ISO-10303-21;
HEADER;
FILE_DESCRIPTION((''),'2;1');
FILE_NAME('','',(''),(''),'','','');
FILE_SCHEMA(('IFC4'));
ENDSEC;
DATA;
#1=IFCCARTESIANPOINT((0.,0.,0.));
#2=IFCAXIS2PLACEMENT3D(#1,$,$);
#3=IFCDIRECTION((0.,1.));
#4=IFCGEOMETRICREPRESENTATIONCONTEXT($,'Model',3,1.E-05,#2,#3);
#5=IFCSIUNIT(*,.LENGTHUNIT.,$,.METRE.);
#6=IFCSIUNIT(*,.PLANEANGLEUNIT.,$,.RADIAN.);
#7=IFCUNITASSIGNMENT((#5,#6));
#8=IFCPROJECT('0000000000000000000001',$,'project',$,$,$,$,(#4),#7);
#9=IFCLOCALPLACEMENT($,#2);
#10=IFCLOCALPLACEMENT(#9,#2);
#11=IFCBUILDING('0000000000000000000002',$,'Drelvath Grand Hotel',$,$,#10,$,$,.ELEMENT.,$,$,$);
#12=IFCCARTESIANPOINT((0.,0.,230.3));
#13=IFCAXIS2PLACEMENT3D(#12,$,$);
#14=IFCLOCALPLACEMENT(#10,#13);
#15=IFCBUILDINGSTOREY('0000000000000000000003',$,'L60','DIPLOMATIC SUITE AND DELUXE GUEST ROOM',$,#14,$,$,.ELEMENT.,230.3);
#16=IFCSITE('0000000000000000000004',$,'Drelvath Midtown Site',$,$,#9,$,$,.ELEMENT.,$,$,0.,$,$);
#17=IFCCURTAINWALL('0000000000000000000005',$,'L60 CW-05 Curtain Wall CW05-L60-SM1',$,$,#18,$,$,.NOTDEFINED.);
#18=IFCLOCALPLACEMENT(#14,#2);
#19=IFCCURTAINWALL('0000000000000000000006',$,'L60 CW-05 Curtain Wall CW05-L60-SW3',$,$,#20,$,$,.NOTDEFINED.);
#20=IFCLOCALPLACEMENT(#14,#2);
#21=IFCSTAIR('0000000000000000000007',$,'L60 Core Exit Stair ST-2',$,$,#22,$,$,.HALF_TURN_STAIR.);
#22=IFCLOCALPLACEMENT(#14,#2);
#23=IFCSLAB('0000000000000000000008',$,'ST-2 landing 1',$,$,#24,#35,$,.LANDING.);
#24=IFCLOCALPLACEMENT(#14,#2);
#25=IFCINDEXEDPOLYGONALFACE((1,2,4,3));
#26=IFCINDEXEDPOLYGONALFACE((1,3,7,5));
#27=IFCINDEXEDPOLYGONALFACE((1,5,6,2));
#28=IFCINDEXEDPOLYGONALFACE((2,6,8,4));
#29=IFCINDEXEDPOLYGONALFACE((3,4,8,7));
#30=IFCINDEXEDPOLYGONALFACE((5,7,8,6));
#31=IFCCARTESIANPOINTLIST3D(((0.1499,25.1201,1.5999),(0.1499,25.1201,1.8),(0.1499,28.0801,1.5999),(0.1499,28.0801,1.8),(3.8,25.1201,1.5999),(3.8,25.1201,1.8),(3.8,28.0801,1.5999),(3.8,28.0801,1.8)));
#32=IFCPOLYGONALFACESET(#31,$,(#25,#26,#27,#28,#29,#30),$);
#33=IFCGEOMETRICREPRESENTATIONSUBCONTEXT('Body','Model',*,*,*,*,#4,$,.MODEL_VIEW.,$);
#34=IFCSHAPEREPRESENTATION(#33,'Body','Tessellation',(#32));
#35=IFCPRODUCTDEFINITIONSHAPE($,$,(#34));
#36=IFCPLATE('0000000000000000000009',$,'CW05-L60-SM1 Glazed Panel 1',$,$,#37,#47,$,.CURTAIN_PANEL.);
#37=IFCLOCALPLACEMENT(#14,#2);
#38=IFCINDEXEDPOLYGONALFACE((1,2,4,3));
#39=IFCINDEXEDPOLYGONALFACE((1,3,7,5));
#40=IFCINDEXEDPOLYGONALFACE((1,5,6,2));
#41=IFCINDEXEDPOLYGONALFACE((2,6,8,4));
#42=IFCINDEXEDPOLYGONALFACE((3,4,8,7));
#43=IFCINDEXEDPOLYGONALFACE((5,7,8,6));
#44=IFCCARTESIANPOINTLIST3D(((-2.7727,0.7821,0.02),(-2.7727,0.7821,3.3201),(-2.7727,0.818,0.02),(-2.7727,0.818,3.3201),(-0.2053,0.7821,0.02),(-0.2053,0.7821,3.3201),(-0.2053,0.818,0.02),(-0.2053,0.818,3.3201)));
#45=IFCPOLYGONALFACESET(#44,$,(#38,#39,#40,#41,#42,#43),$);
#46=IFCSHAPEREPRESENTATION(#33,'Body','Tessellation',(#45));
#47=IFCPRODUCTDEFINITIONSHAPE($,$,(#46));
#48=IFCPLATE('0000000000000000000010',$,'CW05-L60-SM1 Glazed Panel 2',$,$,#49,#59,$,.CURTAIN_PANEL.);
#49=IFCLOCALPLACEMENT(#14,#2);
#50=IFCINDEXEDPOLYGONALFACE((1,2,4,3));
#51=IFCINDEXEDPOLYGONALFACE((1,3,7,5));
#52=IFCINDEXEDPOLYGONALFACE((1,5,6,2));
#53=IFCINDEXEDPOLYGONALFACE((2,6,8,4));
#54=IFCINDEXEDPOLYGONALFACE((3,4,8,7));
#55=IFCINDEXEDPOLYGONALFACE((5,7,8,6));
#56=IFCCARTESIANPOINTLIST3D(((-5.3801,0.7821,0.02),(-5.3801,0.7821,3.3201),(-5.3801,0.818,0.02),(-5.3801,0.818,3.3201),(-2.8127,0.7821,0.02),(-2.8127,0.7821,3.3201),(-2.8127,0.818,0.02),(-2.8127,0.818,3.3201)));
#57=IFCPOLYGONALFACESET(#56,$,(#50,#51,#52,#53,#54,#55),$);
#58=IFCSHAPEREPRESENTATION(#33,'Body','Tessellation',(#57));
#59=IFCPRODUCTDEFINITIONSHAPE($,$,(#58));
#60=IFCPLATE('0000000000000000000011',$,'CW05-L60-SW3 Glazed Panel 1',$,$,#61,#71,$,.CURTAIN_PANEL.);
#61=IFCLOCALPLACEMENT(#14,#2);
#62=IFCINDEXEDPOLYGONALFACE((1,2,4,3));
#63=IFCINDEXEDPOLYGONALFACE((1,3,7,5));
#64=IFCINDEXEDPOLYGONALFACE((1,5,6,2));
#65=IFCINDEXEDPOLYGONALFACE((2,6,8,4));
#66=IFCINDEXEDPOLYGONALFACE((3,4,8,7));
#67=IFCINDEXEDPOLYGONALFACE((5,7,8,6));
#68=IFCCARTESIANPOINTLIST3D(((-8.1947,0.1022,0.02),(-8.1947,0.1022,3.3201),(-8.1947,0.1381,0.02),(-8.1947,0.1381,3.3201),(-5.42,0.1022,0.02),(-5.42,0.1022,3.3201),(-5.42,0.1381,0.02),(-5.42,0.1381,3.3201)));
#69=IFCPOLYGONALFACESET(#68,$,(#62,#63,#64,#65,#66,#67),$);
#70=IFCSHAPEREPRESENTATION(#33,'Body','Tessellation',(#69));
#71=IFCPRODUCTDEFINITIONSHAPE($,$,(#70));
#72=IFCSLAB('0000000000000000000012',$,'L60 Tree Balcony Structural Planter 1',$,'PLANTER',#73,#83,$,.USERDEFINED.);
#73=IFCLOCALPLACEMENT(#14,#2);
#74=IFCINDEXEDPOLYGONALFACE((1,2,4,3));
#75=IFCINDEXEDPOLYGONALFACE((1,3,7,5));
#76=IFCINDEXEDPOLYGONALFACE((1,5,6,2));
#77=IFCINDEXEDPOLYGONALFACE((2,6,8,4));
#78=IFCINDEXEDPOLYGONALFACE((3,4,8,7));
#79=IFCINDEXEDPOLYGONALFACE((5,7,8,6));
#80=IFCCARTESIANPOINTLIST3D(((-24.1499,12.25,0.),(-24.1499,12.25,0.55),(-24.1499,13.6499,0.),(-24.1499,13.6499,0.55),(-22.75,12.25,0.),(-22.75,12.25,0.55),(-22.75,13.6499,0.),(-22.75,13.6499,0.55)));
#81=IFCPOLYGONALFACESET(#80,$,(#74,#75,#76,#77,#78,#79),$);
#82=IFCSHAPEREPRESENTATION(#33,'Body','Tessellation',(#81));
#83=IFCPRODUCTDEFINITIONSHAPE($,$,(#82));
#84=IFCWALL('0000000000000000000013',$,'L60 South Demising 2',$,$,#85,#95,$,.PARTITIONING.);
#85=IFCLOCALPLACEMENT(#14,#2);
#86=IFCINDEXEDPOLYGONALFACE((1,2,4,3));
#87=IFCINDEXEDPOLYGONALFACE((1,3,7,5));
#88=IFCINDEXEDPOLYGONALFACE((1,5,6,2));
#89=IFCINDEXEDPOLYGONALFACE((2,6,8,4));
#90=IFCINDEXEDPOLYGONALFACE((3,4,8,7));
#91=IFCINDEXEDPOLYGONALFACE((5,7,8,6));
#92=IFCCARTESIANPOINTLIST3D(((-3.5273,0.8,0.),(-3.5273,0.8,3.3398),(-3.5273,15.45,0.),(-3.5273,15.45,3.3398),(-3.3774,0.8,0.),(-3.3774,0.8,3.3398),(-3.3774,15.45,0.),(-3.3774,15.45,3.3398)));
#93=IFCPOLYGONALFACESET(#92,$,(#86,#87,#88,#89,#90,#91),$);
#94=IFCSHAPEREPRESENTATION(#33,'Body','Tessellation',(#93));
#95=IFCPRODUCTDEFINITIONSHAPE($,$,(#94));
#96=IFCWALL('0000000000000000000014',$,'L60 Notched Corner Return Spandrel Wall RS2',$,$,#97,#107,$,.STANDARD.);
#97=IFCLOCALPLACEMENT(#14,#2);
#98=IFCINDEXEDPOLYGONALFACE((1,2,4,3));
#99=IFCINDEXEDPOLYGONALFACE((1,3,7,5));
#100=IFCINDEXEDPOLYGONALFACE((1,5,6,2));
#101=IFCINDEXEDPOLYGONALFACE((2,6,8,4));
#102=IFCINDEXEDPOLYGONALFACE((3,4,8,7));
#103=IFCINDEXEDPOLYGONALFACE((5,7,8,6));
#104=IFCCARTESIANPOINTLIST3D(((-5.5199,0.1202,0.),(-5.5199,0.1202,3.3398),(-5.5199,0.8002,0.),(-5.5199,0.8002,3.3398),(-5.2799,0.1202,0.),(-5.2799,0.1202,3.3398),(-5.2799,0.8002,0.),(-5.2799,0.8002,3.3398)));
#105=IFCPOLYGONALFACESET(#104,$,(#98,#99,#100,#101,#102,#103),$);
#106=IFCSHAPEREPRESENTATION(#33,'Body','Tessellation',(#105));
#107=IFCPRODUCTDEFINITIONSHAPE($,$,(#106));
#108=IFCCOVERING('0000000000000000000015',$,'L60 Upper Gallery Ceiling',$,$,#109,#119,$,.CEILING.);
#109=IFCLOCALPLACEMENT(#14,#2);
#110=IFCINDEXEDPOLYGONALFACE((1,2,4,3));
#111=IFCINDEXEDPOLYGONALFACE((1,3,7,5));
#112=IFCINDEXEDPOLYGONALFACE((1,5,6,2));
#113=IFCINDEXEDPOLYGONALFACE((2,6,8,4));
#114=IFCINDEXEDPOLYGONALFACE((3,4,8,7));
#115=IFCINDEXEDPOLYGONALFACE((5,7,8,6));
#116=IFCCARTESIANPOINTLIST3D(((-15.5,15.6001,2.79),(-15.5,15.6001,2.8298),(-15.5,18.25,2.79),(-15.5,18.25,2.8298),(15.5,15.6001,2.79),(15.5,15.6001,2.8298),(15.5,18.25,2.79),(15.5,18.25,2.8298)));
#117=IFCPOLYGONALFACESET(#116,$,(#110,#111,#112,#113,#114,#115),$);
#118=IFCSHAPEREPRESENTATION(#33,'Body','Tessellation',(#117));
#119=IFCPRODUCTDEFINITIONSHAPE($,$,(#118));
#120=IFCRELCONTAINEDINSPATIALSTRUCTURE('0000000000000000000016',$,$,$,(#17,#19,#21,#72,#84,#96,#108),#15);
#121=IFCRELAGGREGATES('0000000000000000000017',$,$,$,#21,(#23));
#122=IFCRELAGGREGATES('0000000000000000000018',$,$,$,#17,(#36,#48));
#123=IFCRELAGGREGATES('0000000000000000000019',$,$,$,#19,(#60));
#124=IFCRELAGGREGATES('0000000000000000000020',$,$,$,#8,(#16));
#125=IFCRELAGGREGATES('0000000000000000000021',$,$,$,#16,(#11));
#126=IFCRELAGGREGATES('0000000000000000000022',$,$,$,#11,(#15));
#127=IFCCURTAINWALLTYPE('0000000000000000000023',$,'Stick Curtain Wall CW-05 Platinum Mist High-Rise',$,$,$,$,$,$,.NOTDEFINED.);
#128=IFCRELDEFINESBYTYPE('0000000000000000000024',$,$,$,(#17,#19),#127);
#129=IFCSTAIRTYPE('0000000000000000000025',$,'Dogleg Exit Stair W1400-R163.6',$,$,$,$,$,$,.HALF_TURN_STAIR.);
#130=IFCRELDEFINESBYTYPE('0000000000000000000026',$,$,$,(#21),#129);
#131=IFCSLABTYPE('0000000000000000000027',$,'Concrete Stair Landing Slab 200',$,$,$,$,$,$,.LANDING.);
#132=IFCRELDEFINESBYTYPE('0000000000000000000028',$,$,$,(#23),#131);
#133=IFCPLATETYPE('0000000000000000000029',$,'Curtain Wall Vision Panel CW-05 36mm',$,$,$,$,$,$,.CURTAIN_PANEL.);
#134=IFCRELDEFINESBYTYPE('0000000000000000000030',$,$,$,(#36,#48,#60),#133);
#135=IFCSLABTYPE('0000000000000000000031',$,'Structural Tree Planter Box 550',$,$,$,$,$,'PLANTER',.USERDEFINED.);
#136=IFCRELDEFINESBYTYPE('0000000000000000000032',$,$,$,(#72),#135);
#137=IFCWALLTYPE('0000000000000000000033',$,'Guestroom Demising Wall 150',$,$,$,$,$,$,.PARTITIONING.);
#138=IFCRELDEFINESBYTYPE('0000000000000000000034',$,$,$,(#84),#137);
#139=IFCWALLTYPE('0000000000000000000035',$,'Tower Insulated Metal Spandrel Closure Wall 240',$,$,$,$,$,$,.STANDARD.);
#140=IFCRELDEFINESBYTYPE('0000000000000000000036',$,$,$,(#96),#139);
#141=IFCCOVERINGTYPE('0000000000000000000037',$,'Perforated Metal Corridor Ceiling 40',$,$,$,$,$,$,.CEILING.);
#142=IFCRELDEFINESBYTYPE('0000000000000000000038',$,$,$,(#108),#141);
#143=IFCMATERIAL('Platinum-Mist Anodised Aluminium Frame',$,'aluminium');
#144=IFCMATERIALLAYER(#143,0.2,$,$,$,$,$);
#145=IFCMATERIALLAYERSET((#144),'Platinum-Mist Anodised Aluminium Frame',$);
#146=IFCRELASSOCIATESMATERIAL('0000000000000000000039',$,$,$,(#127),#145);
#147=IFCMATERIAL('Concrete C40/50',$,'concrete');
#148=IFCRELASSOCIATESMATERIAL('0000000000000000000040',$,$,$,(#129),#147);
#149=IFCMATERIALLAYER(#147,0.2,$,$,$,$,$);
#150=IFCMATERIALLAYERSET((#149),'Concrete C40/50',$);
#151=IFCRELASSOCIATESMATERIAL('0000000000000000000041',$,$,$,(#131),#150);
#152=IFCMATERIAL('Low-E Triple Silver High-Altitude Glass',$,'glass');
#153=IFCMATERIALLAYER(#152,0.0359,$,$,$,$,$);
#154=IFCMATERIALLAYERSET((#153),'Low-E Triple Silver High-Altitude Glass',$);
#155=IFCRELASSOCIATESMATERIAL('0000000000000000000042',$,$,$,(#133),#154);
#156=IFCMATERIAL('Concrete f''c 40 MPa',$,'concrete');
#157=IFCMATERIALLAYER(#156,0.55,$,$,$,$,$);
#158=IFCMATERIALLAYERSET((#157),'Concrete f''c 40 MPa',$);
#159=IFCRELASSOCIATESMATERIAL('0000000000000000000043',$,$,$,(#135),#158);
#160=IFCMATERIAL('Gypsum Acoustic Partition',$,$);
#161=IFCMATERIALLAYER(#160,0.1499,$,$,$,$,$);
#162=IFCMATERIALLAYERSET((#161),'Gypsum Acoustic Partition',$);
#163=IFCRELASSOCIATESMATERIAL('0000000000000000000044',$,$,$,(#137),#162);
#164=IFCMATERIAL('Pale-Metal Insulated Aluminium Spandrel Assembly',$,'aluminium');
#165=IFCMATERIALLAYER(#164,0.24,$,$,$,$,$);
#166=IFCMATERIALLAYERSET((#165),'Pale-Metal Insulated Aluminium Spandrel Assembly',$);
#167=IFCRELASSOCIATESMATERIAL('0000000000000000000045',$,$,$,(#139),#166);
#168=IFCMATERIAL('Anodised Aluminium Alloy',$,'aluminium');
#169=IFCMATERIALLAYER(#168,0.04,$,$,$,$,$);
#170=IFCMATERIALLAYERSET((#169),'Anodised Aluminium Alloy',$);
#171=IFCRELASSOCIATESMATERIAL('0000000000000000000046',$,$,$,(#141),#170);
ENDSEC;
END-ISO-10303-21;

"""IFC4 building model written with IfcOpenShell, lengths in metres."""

from ifc_helpers import new_model, si_unit, direction, frame, frame_2d, origin, origin_2d, place, context, subcontext, project, spatial, polyline, rectangle, outline, extrude, material, layer, layer_set, type_object, element, aggregate, save


model = new_model("IFC4")

# Units and contexts
model_context = context("Model", 3, precision=1e-05, world=origin(), true_north=direction((0.0, 1.0)))
body_context = subcontext(model_context, "Body", "Model", "MODEL_VIEW")
ifc_project = project(units=[si_unit("LENGTHUNIT", "METRE"), si_unit("PLANEANGLEUNIT", "RADIAN")], contexts=[model_context])

# Site, building, storey
site_placement = place(None, origin())
site = spatial("IfcSite", under=ifc_project, at=site_placement, Name="Drelvath Midtown Site", CompositionType="ELEMENT", RefElevation=0.0)
building_placement = place(site_placement, origin())
building = spatial("IfcBuilding", under=site, at=building_placement, Name="Drelvath Grand Hotel", CompositionType="ELEMENT")
storey_placement = place(building_placement, frame((0.0, 0.0, 230.3)))
storey = spatial("IfcBuildingStorey", under=building, at=storey_placement, Name="L60", Description="DIPLOMATIC SUITE AND DELUXE GUEST ROOM", CompositionType="ELEMENT", Elevation=230.3)

# Curtain walls
ifc_material_1 = material(Name="Platinum-Mist Anodised Aluminium Frame", Category="aluminium")
ifc_layer_1 = layer(ifc_material_1, 0.2)
ifc_layer_set_1 = layer_set([ifc_layer_1], Name="Platinum-Mist Anodised Aluminium Frame")
curtain_wall_type = type_object("IfcCurtainWallType", Name="Stick Curtain Wall CW-05 Platinum Mist High-Rise", PredefinedType="NOTDEFINED", material=ifc_layer_set_1)
curtain_wall_1_placement = place(storey_placement, origin())
curtain_wall_1 = element("IfcCurtainWall", 1, at=curtain_wall_1_placement, inside=storey, type_object=curtain_wall_type, Name="L60 CW-05 Curtain Wall CW05-L60-SM1", PredefinedType="NOTDEFINED")
curtain_wall_2_placement = place(storey_placement, origin())
curtain_wall_2 = element("IfcCurtainWall", 2, at=curtain_wall_2_placement, inside=storey, type_object=curtain_wall_type, Name="L60 CW-05 Curtain Wall CW05-L60-SW3", PredefinedType="NOTDEFINED")

# Shared definitions
ifc_material_2 = material(Name="Concrete f'c 40 MPa", Category="concrete")

# Stair, slab
ifc_material_3 = material(Name="Concrete C40/50", Category="concrete")
stair_type = type_object("IfcStairType", Name="Dogleg Exit Stair W1400-R163.6", PredefinedType="HALF_TURN_STAIR", material=ifc_material_3)
ifc_layer_2 = layer(ifc_material_3, 0.2)
ifc_layer_set_2 = layer_set([ifc_layer_2], Name="Concrete C40/50")
slab_type_1 = type_object("IfcSlabType", Name="Concrete Stair Landing Slab 200", PredefinedType="LANDING", material=ifc_layer_set_2)
stair_1_placement = place(storey_placement, origin())
stair_1 = element("IfcStair", 3, at=stair_1_placement, inside=storey, type_object=stair_type, Name="L60 Core Exit Stair ST-2", PredefinedType="HALF_TURN_STAIR")
slab_1_placement = place(storey_placement, frame((0.0, 0.0, 1.5999)))
slab_1 = element("IfcSlab", 4, at=slab_1_placement, type_object=slab_type_1, Name="ST-2 landing 1", PredefinedType="LANDING", context=body_context, shape_type="SweptSolid", body=[
    extrude(outline(polyline([(3.8, 28.0801), (0.1499, 28.0801), (0.1499, 25.1201), (3.8, 25.1201), (3.8, 28.0801)])), origin(), (0.0, 0.0, 1.0), 0.2002),
])
aggregate(stair_1, [slab_1])

# Plates
ifc_material_4 = material(Name="Low-E Triple Silver High-Altitude Glass", Category="glass")
ifc_layer_3 = layer(ifc_material_4, 0.0359)
ifc_layer_set_3 = layer_set([ifc_layer_3], Name="Low-E Triple Silver High-Altitude Glass")
plate_type = type_object("IfcPlateType", Name="Curtain Wall Vision Panel CW-05 36mm", PredefinedType="CURTAIN_PANEL", material=ifc_layer_set_3)
plate_1_placement = place(storey_placement, frame((-1.489, 0.8, 0.02), z_axis=(0.0, 0.0, 1.0), x_axis=(-1.0, 0.0, 0.0)))
plate_1 = element("IfcPlate", 5, at=plate_1_placement, type_object=plate_type, Name="CW05-L60-SM1 Glazed Panel 1", PredefinedType="CURTAIN_PANEL", context=body_context, shape_type="SweptSolid", body=[
    extrude(rectangle(XDim=2.5674, YDim=0.0359, at=origin_2d()), origin(), (0.0, 0.0, 1.0), 3.3),
])
plate_2_placement = place(storey_placement, frame((-4.0964, 0.8, 0.02), z_axis=(0.0, 0.0, 1.0), x_axis=(-1.0, 0.0, 0.0)))
plate_2 = element("IfcPlate", 6, at=plate_2_placement, type_object=plate_type, Name="CW05-L60-SM1 Glazed Panel 2", PredefinedType="CURTAIN_PANEL", context=body_context, shape_type="SweptSolid", body=[
    extrude(rectangle(XDim=2.5674, YDim=0.0359, at=origin_2d()), origin(), (0.0, 0.0, 1.0), 3.3),
])
aggregate(curtain_wall_1, [plate_1, plate_2])
plate_3_placement = place(storey_placement, frame((-6.8074, 0.1201, 0.02), z_axis=(0.0, 0.0, 1.0), x_axis=(-1.0, 0.0, 0.0)))
plate_3 = element("IfcPlate", 7, at=plate_3_placement, type_object=plate_type, Name="CW05-L60-SW3 Glazed Panel 1", PredefinedType="CURTAIN_PANEL", context=body_context, shape_type="SweptSolid", body=[
    extrude(rectangle(XDim=2.7747, YDim=0.0359, at=origin_2d()), origin(), (0.0, 0.0, 1.0), 3.3),
])
aggregate(curtain_wall_2, [plate_3])

# Slab
ifc_layer_4 = layer(ifc_material_2, 0.55)
ifc_layer_set_4 = layer_set([ifc_layer_4], Name="Concrete f'c 40 MPa")
slab_type_2 = type_object("IfcSlabType", Name="Structural Tree Planter Box 550", ElementType="PLANTER", PredefinedType="USERDEFINED", material=ifc_layer_set_4)
slab_2_placement = place(storey_placement, origin())
element("IfcSlab", 8, at=slab_2_placement, inside=storey, type_object=slab_type_2, Name="L60 Tree Balcony Structural Planter 1", ObjectType="PLANTER", PredefinedType="USERDEFINED", context=body_context, shape_type="SweptSolid", body=[
    extrude(outline(polyline([(-24.1499, 12.25), (-22.75, 12.25), (-22.75, 13.6499), (-24.1499, 13.6499), (-24.1499, 12.25)])), origin(), (0.0, 0.0, 1.0), 0.55),
])

# Walls
ifc_material_5 = material(Name="Gypsum Acoustic Partition")
ifc_layer_5 = layer(ifc_material_5, 0.1499)
ifc_layer_set_5 = layer_set([ifc_layer_5], Name="Gypsum Acoustic Partition")
wall_type_1 = type_object("IfcWallType", Name="Guestroom Demising Wall 150", PredefinedType="PARTITIONING", material=ifc_layer_set_5)
wall_1_placement = place(storey_placement, frame((-3.4524, 0.8, 0.0), z_axis=(0.0, 0.0, 1.0), x_axis=(0.0, 1.0, 0.0)))
element("IfcWall", 9, at=wall_1_placement, inside=storey, type_object=wall_type_1, Name="L60 South Demising 2", PredefinedType="PARTITIONING", context=body_context, shape_type="SweptSolid", body=[
    extrude(rectangle(XDim=14.6499, YDim=0.1499, at=frame_2d((7.325, 0.0))), origin(), (0.0, 0.0, 1.0), 3.3398),
])
ifc_material_6 = material(Name="Pale-Metal Insulated Aluminium Spandrel Assembly", Category="aluminium")
ifc_layer_6 = layer(ifc_material_6, 0.24)
ifc_layer_set_6 = layer_set([ifc_layer_6], Name="Pale-Metal Insulated Aluminium Spandrel Assembly")
wall_type_2 = type_object("IfcWallType", Name="Tower Insulated Metal Spandrel Closure Wall 240", PredefinedType="STANDARD", material=ifc_layer_set_6)
wall_2_placement = place(storey_placement, frame((-5.3999, 0.8, 0.0), z_axis=(0.0, 0.0, 1.0), x_axis=(0.0, -1.0, 0.0)))
element("IfcWall", 10, at=wall_2_placement, inside=storey, type_object=wall_type_2, Name="L60 Notched Corner Return Spandrel Wall RS2", PredefinedType="STANDARD", context=body_context, shape_type="SweptSolid", body=[
    extrude(rectangle(XDim=0.6799, YDim=0.24, at=frame_2d((0.3398, 0.0))), origin(), (0.0, 0.0, 1.0), 3.3398),
])

# Covering
ifc_material_7 = material(Name="Anodised Aluminium Alloy", Category="aluminium")
ifc_layer_7 = layer(ifc_material_7, 0.04)
ifc_layer_set_7 = layer_set([ifc_layer_7], Name="Anodised Aluminium Alloy")
covering_type = type_object("IfcCoveringType", Name="Perforated Metal Corridor Ceiling 40", PredefinedType="CEILING", material=ifc_layer_set_7)
covering_placement = place(storey_placement, frame((0.0, 0.0, 2.79)))
element("IfcCovering", 11, at=covering_placement, inside=storey, type_object=covering_type, Name="L60 Upper Gallery Ceiling", PredefinedType="CEILING", context=body_context, shape_type="SweptSolid", body=[
    extrude(outline(polyline([(15.5, 15.6001), (15.5, 18.25), (-15.5, 18.25), (-15.5, 15.6001), (15.5, 15.6001)])), origin(), (0.0, 0.0, 1.0), 0.0398),
])

save(model, "model.ifc")
